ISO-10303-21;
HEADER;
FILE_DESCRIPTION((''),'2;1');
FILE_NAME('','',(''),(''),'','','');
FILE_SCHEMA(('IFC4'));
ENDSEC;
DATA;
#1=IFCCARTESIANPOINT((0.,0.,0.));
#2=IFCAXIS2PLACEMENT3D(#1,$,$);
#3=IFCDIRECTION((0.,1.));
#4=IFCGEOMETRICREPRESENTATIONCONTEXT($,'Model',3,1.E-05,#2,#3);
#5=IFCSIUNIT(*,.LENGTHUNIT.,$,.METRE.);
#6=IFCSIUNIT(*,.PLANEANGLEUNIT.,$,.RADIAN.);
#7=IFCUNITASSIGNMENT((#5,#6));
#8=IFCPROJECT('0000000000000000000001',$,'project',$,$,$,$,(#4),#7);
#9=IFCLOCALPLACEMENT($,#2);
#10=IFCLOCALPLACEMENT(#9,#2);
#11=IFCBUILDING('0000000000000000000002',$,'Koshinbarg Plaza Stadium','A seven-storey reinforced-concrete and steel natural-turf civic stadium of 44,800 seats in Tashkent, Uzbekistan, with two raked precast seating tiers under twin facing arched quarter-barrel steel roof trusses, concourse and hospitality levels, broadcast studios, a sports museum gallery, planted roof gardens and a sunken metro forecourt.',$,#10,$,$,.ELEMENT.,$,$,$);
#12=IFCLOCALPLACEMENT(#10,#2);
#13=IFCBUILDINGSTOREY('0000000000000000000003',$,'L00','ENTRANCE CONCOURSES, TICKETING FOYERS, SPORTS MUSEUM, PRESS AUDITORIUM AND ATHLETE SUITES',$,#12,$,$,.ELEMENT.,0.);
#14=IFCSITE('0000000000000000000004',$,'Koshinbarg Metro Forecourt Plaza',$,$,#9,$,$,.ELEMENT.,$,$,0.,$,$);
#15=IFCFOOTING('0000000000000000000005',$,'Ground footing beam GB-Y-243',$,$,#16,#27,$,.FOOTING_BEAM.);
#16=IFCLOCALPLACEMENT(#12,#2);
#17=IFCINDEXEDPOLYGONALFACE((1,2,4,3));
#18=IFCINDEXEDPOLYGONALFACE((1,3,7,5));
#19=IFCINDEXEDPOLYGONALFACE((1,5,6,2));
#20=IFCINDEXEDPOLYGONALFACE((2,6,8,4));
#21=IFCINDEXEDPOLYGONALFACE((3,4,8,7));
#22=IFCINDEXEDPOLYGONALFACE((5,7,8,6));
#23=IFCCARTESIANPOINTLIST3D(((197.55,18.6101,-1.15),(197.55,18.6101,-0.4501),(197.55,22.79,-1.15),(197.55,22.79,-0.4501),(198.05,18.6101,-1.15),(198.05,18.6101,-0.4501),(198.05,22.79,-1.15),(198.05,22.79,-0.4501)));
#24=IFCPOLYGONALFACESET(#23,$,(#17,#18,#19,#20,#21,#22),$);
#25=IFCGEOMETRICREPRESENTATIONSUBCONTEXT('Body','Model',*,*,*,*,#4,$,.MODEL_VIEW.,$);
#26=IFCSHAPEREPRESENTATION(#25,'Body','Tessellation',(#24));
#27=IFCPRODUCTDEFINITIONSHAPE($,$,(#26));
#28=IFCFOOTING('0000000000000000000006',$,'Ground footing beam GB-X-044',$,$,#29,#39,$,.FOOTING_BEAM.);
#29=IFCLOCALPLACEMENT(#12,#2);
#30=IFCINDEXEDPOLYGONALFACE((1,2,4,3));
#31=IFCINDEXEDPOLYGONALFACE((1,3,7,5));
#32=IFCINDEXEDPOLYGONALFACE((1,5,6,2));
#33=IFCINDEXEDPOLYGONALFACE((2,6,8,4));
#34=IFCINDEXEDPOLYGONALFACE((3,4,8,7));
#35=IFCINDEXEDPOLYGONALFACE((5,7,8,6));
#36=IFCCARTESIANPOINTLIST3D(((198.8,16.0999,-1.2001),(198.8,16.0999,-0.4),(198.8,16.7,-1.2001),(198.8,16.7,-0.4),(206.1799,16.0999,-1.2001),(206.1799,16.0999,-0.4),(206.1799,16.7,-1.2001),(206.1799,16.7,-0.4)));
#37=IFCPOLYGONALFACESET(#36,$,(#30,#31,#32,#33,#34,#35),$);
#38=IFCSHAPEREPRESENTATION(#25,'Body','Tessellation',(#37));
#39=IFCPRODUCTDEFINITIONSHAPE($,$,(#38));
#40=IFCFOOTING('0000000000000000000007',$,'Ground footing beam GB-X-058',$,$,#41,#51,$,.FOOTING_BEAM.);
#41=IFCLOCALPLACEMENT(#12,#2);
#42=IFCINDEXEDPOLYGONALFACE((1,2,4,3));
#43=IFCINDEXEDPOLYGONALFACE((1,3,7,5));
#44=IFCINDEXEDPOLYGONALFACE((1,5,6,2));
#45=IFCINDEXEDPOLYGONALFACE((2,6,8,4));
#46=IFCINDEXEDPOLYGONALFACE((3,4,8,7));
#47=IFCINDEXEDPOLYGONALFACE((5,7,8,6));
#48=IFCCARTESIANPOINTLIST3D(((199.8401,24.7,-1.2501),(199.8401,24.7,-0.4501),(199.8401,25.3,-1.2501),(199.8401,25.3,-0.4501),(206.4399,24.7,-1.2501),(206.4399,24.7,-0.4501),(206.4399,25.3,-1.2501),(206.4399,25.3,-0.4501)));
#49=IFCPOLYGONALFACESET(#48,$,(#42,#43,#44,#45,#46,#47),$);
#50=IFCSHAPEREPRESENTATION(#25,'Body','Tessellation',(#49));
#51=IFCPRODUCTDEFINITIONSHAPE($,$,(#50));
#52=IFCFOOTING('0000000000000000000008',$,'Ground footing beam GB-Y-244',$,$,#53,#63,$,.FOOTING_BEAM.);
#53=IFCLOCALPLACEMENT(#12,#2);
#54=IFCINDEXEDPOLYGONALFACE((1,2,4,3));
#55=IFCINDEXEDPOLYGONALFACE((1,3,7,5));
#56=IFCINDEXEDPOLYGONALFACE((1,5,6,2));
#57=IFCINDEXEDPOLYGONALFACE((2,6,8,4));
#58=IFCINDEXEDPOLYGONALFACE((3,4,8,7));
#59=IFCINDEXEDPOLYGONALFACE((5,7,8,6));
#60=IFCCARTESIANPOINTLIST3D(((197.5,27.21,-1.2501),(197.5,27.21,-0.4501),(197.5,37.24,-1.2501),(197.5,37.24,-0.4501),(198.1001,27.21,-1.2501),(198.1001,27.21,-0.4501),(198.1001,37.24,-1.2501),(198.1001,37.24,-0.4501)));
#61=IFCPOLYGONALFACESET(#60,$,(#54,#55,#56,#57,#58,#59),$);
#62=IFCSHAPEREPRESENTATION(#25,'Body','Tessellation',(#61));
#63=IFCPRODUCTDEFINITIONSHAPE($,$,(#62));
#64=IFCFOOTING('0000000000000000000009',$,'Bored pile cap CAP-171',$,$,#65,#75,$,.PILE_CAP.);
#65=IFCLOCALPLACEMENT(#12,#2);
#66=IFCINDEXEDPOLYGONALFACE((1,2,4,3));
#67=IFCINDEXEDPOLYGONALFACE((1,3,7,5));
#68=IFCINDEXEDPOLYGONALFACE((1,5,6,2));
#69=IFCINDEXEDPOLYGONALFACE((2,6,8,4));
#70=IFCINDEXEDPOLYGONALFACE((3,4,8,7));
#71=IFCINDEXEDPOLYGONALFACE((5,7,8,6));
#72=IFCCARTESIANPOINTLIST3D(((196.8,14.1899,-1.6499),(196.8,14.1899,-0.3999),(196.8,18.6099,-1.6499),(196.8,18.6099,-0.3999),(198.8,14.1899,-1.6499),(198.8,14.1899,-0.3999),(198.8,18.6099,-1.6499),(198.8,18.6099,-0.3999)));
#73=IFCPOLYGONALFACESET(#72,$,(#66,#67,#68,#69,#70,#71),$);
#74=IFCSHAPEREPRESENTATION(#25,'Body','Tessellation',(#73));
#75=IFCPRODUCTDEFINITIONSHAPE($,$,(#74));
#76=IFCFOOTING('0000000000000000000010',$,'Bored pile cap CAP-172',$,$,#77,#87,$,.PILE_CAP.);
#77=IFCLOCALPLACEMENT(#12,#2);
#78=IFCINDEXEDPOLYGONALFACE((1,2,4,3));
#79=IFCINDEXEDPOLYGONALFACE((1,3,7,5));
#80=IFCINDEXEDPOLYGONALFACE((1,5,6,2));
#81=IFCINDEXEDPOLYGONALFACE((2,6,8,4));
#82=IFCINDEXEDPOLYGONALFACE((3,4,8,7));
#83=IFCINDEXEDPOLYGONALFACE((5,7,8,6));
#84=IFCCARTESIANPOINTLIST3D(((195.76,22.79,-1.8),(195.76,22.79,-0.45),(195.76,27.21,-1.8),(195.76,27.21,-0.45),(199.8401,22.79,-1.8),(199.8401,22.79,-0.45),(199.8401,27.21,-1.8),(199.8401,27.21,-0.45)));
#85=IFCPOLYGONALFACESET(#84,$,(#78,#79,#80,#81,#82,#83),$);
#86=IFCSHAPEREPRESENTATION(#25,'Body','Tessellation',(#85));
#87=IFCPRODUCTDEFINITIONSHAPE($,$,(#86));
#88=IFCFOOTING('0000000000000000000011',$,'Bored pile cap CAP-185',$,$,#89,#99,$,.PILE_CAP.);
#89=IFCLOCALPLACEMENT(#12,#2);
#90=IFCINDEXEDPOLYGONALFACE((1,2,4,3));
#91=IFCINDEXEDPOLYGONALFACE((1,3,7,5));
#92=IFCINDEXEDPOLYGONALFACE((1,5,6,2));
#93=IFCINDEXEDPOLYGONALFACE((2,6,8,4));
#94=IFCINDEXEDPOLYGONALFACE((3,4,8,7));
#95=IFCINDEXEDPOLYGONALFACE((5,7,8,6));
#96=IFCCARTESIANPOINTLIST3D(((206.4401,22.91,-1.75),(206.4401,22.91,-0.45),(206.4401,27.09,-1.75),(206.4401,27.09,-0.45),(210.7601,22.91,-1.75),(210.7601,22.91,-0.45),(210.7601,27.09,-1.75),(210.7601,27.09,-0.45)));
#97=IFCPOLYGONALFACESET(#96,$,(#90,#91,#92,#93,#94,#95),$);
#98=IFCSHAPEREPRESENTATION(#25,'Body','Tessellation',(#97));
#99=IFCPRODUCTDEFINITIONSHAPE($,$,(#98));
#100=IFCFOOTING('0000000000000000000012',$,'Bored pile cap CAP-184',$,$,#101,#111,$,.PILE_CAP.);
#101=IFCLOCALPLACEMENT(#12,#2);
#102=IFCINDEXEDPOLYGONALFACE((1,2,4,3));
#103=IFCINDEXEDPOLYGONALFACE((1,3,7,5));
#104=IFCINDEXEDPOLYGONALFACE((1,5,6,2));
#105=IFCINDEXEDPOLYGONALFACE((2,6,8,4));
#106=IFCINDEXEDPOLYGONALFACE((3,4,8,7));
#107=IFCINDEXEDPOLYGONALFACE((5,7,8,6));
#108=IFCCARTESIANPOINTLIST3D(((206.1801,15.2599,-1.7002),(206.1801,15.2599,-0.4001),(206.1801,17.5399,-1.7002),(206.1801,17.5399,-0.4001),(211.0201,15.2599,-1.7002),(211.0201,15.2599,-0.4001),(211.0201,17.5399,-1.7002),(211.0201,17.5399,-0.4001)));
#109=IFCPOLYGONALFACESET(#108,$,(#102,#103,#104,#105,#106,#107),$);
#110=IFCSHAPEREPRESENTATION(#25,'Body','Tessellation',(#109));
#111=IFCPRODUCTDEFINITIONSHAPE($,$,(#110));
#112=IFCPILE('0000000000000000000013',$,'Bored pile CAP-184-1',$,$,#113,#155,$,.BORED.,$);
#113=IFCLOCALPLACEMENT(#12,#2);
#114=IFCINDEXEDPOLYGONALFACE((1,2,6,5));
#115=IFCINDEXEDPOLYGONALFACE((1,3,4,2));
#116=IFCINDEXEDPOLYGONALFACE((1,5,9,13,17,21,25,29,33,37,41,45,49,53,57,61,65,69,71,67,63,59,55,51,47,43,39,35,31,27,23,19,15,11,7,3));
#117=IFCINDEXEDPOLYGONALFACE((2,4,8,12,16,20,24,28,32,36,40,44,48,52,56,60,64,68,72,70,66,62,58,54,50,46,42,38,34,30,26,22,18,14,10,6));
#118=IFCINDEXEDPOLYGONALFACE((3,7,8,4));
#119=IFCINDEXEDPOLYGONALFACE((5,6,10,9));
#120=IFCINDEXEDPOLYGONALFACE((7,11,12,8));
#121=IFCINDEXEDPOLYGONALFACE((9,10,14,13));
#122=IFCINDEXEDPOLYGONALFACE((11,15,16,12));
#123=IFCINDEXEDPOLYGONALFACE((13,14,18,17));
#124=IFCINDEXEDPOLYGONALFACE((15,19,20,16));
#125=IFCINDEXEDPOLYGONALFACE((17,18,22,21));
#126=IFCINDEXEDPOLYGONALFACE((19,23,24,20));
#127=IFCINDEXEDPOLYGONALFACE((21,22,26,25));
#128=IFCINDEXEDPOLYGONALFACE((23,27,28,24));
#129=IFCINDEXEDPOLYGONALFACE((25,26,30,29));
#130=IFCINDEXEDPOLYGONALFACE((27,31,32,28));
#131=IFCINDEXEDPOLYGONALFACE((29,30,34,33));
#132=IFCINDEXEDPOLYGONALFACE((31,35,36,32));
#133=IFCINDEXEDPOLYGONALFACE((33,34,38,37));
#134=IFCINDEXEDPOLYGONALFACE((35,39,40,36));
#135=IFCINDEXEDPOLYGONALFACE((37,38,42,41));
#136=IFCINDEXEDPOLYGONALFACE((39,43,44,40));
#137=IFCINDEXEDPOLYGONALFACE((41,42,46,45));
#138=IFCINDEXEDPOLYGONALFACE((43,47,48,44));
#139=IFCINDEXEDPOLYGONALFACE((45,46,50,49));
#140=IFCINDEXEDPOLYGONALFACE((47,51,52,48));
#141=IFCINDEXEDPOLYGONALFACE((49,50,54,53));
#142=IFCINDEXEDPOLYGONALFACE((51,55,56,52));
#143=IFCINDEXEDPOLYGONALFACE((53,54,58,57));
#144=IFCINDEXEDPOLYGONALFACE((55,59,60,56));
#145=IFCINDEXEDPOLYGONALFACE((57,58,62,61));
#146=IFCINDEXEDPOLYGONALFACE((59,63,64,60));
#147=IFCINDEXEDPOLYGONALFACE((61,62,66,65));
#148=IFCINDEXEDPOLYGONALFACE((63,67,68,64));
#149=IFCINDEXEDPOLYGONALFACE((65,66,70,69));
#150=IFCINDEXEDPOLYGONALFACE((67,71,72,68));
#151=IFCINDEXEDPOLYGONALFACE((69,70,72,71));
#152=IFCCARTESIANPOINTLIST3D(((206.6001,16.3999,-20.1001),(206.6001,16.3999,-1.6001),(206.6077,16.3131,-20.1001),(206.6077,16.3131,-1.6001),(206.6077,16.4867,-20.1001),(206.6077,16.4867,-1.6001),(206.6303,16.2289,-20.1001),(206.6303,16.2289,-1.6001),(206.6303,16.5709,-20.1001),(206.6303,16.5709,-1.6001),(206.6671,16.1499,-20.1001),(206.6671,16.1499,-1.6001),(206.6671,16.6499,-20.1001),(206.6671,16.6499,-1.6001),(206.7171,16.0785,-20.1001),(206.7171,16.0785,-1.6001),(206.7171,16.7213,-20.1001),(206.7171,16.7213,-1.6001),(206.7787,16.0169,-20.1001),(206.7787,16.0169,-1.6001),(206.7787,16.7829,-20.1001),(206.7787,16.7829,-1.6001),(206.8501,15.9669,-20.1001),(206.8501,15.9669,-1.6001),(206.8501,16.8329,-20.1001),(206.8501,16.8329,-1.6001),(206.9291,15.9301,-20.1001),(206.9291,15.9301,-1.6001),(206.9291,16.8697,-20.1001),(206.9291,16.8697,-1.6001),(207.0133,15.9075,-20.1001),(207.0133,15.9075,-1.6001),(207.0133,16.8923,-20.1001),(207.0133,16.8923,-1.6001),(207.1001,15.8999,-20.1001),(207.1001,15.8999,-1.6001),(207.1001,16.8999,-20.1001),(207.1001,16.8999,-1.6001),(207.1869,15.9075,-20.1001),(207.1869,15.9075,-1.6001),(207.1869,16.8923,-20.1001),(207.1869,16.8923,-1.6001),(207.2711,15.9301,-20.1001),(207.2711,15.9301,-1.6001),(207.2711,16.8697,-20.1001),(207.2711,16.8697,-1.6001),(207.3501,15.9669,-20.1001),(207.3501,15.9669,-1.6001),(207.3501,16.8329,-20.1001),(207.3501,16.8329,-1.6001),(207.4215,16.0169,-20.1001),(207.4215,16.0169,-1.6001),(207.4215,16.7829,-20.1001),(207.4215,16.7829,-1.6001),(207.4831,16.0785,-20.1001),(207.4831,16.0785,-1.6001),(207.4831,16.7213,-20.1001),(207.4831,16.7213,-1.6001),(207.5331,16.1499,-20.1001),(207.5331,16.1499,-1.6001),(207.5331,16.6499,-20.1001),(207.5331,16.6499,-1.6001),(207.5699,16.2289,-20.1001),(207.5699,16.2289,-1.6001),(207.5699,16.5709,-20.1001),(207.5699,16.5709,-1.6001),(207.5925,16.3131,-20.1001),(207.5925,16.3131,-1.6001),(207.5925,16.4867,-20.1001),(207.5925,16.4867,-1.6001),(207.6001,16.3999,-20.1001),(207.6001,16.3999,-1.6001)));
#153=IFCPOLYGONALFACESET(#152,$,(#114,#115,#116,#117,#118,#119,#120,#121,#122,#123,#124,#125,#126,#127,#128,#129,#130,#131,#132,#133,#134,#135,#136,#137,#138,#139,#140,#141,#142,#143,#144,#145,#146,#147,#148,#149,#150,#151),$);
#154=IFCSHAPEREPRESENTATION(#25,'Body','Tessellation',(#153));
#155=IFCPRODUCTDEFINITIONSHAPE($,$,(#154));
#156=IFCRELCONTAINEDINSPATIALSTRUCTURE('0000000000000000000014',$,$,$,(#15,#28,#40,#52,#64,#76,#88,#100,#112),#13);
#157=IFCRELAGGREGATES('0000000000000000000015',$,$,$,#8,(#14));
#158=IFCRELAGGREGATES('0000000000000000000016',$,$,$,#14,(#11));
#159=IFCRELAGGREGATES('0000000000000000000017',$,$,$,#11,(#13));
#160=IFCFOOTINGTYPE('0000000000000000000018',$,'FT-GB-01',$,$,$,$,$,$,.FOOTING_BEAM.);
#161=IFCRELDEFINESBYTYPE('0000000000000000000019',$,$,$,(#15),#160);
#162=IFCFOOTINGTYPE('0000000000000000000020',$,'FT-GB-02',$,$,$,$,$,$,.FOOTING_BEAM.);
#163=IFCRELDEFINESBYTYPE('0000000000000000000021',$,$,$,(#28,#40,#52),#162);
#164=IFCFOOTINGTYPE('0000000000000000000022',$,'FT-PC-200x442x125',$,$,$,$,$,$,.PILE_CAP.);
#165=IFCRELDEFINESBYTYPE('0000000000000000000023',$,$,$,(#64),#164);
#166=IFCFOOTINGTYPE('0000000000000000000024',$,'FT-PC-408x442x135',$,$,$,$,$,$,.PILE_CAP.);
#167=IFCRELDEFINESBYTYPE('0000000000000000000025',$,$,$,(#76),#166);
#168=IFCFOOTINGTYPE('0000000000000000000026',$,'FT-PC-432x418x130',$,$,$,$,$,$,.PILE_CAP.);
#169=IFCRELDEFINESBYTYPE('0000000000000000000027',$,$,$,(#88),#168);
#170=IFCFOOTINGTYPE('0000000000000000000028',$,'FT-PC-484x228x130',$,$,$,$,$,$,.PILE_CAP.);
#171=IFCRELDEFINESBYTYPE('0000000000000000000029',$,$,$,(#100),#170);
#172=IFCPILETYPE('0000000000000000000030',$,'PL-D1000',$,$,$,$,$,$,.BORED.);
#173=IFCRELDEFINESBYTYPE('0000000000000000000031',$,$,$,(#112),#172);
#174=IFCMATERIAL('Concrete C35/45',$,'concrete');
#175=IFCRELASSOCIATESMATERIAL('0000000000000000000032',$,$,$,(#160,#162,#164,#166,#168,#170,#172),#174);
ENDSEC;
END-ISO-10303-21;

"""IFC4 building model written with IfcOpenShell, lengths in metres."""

from ifc_helpers import new_model, si_unit, direction, frame, origin, origin_2d, place, context, subcontext, project, spatial, rectangle, circle, extrude, material, material_profile, profile_set, type_object, element, save


model = new_model("IFC4")

# Units and contexts
model_context = context("Model", 3, precision=1e-05, world=origin(), true_north=direction((0.0, 1.0)))
body_context = subcontext(model_context, "Body", "Model", "MODEL_VIEW")
ifc_project = project(units=[si_unit("LENGTHUNIT", "METRE"), si_unit("PLANEANGLEUNIT", "RADIAN")], contexts=[model_context])

# Site, building, storey
site_placement = place(None, origin())
site = spatial("IfcSite", under=ifc_project, at=site_placement, Name="Koshinbarg Metro Forecourt Plaza", CompositionType="ELEMENT", RefElevation=0.0)
building_placement = place(site_placement, origin())
building = spatial("IfcBuilding", under=site, at=building_placement, Name="Koshinbarg Plaza Stadium", Description="A seven-storey reinforced-concrete and steel natural-turf civic stadium of 44,800 seats in Tashkent, Uzbekistan, with two raked precast seating tiers under twin facing arched quarter-barrel steel roof trusses, concourse and hospitality levels, broadcast studios, a sports museum gallery, planted roof gardens and a sunken metro forecourt.", CompositionType="ELEMENT")
storey_placement = place(building_placement, origin())
storey = spatial("IfcBuildingStorey", under=building, at=storey_placement, Name="L00", Description="ENTRANCE CONCOURSES, TICKETING FOYERS, SPORTS MUSEUM, PRESS AUDITORIUM AND ATHLETE SUITES", CompositionType="ELEMENT", Elevation=0.0)

# Footings
ifc_material_1 = material(Name="Concrete C35/45", Category="concrete")
ifc_material_profile_1 = material_profile(ifc_material_1, rectangle(XDim=0.5, YDim=0.7, at=origin_2d()), Name="GB 500x700")
ifc_profile_set_1 = profile_set([ifc_material_profile_1], Name="Concrete C35/45")
footing_type_1 = type_object("IfcFootingType", Name="FT-GB-01", PredefinedType="FOOTING_BEAM", material=ifc_profile_set_1)
footing_1_placement = place(storey_placement, frame((197.8, 18.6101, -0.8), z_axis=(0.0, 1.0, 0.0), x_axis=(-1.0, 0.0, 0.0)))
element("IfcFooting", 1, at=footing_1_placement, inside=storey, type_object=footing_type_1, Name="Ground footing beam GB-Y-243", PredefinedType="FOOTING_BEAM", context=body_context, shape_type="SweptSolid", body=[
    extrude(rectangle(XDim=0.5, YDim=0.7, at=origin_2d()), origin(), (0.0, 0.0, 1.0), 4.1799),
])
ifc_material_profile_2 = material_profile(ifc_material_1, rectangle(XDim=0.6001, YDim=0.8, at=origin_2d()), Name="GB 600x800")
ifc_profile_set_2 = profile_set([ifc_material_profile_2], Name="Concrete C35/45")
footing_type_2 = type_object("IfcFootingType", Name="FT-GB-02", PredefinedType="FOOTING_BEAM", material=ifc_profile_set_2)
footing_2_placement = place(storey_placement, frame((198.8, 16.3999, -0.8), z_axis=(1.0, 0.0, 0.0), x_axis=(0.0, 1.0, 0.0)))
element("IfcFooting", 2, at=footing_2_placement, inside=storey, type_object=footing_type_2, Name="Ground footing beam GB-X-044", PredefinedType="FOOTING_BEAM", context=body_context, shape_type="SweptSolid", body=[
    extrude(rectangle(XDim=0.6001, YDim=0.8, at=origin_2d()), origin(), (0.0, 0.0, 1.0), 7.3799),
])
footing_3_placement = place(storey_placement, frame((199.8401, 25.0, -0.8501), z_axis=(1.0, 0.0, 0.0), x_axis=(0.0, 1.0, 0.0)))
element("IfcFooting", 3, at=footing_3_placement, inside=storey, type_object=footing_type_2, Name="Ground footing beam GB-X-058", PredefinedType="FOOTING_BEAM", context=body_context, shape_type="SweptSolid", body=[
    extrude(rectangle(XDim=0.6001, YDim=0.8, at=origin_2d()), origin(), (0.0, 0.0, 1.0), 6.5999),
])
footing_4_placement = place(storey_placement, frame((197.8, 27.21, -0.8501), z_axis=(0.0, 1.0, 0.0), x_axis=(-1.0, 0.0, 0.0)))
element("IfcFooting", 4, at=footing_4_placement, inside=storey, type_object=footing_type_2, Name="Ground footing beam GB-Y-244", PredefinedType="FOOTING_BEAM", context=body_context, shape_type="SweptSolid", body=[
    extrude(rectangle(XDim=0.6001, YDim=0.8, at=origin_2d()), origin(), (0.0, 0.0, 1.0), 10.03),
])
footing_type_3 = type_object("IfcFootingType", Name="FT-PC-200x442x125", PredefinedType="PILE_CAP", material=ifc_material_1)
footing_5_placement = place(storey_placement, frame((197.8, 16.3999, -1.6499), z_axis=(0.0, 0.0, 1.0), x_axis=(1.0, 0.0, 0.0)))
element("IfcFooting", 5, at=footing_5_placement, inside=storey, type_object=footing_type_3, Name="Bored pile cap CAP-171", PredefinedType="PILE_CAP", context=body_context, shape_type="SweptSolid", body=[
    extrude(rectangle(XDim=2.0, YDim=4.4199, at=origin_2d()), origin(), (0.0, 0.0, 1.0), 1.25),
])
footing_type_4 = type_object("IfcFootingType", Name="FT-PC-408x442x135", PredefinedType="PILE_CAP", material=ifc_material_1)
footing_6_placement = place(storey_placement, frame((197.8, 25.0, -1.8), z_axis=(0.0, 0.0, 1.0), x_axis=(1.0, 0.0, 0.0)))
element("IfcFooting", 6, at=footing_6_placement, inside=storey, type_object=footing_type_4, Name="Bored pile cap CAP-172", PredefinedType="PILE_CAP", context=body_context, shape_type="SweptSolid", body=[
    extrude(rectangle(XDim=4.0801, YDim=4.4199, at=origin_2d()), origin(), (0.0, 0.0, 1.0), 1.3501),
])
footing_type_5 = type_object("IfcFootingType", Name="FT-PC-432x418x130", PredefinedType="PILE_CAP", material=ifc_material_1)
footing_7_placement = place(storey_placement, frame((208.6001, 25.0, -1.75), z_axis=(0.0, 0.0, 1.0), x_axis=(1.0, 0.0, 0.0)))
element("IfcFooting", 7, at=footing_7_placement, inside=storey, type_object=footing_type_5, Name="Bored pile cap CAP-185", PredefinedType="PILE_CAP", context=body_context, shape_type="SweptSolid", body=[
    extrude(rectangle(XDim=4.3201, YDim=4.1799, at=origin_2d()), origin(), (0.0, 0.0, 1.0), 1.3),
])
footing_type_6 = type_object("IfcFootingType", Name="FT-PC-484x228x130", PredefinedType="PILE_CAP", material=ifc_material_1)
footing_8_placement = place(storey_placement, frame((208.6001, 16.3999, -1.7002), z_axis=(0.0, 0.0, 1.0), x_axis=(1.0, 0.0, 0.0)))
element("IfcFooting", 8, at=footing_8_placement, inside=storey, type_object=footing_type_6, Name="Bored pile cap CAP-184", PredefinedType="PILE_CAP", context=body_context, shape_type="SweptSolid", body=[
    extrude(rectangle(XDim=4.8401, YDim=2.28, at=origin_2d()), origin(), (0.0, 0.0, 1.0), 1.3),
])

# Pile
ifc_material_profile_3 = material_profile(ifc_material_1, circle(Radius=0.5, at=origin_2d()), Name="PILE D1000")
ifc_profile_set_3 = profile_set([ifc_material_profile_3], Name="Concrete C35/45")
pile_type_1 = type_object("IfcPileType", Name="PL-D1000", PredefinedType="BORED", material=ifc_profile_set_3)
pile_1_placement = place(storey_placement, frame((207.1001, 16.3999, -1.6001), z_axis=(0.0, 0.0, -1.0), x_axis=(1.0, 0.0, 0.0)))
element("IfcPile", 9, at=pile_1_placement, inside=storey, type_object=pile_type_1, Name="Bored pile CAP-184-1", PredefinedType="BORED", context=body_context, shape_type="SweptSolid", body=[
    extrude(circle(Radius=0.5, at=origin_2d()), origin(), (0.0, 0.0, 1.0), 18.5),
])

save(model, "model.ifc")
